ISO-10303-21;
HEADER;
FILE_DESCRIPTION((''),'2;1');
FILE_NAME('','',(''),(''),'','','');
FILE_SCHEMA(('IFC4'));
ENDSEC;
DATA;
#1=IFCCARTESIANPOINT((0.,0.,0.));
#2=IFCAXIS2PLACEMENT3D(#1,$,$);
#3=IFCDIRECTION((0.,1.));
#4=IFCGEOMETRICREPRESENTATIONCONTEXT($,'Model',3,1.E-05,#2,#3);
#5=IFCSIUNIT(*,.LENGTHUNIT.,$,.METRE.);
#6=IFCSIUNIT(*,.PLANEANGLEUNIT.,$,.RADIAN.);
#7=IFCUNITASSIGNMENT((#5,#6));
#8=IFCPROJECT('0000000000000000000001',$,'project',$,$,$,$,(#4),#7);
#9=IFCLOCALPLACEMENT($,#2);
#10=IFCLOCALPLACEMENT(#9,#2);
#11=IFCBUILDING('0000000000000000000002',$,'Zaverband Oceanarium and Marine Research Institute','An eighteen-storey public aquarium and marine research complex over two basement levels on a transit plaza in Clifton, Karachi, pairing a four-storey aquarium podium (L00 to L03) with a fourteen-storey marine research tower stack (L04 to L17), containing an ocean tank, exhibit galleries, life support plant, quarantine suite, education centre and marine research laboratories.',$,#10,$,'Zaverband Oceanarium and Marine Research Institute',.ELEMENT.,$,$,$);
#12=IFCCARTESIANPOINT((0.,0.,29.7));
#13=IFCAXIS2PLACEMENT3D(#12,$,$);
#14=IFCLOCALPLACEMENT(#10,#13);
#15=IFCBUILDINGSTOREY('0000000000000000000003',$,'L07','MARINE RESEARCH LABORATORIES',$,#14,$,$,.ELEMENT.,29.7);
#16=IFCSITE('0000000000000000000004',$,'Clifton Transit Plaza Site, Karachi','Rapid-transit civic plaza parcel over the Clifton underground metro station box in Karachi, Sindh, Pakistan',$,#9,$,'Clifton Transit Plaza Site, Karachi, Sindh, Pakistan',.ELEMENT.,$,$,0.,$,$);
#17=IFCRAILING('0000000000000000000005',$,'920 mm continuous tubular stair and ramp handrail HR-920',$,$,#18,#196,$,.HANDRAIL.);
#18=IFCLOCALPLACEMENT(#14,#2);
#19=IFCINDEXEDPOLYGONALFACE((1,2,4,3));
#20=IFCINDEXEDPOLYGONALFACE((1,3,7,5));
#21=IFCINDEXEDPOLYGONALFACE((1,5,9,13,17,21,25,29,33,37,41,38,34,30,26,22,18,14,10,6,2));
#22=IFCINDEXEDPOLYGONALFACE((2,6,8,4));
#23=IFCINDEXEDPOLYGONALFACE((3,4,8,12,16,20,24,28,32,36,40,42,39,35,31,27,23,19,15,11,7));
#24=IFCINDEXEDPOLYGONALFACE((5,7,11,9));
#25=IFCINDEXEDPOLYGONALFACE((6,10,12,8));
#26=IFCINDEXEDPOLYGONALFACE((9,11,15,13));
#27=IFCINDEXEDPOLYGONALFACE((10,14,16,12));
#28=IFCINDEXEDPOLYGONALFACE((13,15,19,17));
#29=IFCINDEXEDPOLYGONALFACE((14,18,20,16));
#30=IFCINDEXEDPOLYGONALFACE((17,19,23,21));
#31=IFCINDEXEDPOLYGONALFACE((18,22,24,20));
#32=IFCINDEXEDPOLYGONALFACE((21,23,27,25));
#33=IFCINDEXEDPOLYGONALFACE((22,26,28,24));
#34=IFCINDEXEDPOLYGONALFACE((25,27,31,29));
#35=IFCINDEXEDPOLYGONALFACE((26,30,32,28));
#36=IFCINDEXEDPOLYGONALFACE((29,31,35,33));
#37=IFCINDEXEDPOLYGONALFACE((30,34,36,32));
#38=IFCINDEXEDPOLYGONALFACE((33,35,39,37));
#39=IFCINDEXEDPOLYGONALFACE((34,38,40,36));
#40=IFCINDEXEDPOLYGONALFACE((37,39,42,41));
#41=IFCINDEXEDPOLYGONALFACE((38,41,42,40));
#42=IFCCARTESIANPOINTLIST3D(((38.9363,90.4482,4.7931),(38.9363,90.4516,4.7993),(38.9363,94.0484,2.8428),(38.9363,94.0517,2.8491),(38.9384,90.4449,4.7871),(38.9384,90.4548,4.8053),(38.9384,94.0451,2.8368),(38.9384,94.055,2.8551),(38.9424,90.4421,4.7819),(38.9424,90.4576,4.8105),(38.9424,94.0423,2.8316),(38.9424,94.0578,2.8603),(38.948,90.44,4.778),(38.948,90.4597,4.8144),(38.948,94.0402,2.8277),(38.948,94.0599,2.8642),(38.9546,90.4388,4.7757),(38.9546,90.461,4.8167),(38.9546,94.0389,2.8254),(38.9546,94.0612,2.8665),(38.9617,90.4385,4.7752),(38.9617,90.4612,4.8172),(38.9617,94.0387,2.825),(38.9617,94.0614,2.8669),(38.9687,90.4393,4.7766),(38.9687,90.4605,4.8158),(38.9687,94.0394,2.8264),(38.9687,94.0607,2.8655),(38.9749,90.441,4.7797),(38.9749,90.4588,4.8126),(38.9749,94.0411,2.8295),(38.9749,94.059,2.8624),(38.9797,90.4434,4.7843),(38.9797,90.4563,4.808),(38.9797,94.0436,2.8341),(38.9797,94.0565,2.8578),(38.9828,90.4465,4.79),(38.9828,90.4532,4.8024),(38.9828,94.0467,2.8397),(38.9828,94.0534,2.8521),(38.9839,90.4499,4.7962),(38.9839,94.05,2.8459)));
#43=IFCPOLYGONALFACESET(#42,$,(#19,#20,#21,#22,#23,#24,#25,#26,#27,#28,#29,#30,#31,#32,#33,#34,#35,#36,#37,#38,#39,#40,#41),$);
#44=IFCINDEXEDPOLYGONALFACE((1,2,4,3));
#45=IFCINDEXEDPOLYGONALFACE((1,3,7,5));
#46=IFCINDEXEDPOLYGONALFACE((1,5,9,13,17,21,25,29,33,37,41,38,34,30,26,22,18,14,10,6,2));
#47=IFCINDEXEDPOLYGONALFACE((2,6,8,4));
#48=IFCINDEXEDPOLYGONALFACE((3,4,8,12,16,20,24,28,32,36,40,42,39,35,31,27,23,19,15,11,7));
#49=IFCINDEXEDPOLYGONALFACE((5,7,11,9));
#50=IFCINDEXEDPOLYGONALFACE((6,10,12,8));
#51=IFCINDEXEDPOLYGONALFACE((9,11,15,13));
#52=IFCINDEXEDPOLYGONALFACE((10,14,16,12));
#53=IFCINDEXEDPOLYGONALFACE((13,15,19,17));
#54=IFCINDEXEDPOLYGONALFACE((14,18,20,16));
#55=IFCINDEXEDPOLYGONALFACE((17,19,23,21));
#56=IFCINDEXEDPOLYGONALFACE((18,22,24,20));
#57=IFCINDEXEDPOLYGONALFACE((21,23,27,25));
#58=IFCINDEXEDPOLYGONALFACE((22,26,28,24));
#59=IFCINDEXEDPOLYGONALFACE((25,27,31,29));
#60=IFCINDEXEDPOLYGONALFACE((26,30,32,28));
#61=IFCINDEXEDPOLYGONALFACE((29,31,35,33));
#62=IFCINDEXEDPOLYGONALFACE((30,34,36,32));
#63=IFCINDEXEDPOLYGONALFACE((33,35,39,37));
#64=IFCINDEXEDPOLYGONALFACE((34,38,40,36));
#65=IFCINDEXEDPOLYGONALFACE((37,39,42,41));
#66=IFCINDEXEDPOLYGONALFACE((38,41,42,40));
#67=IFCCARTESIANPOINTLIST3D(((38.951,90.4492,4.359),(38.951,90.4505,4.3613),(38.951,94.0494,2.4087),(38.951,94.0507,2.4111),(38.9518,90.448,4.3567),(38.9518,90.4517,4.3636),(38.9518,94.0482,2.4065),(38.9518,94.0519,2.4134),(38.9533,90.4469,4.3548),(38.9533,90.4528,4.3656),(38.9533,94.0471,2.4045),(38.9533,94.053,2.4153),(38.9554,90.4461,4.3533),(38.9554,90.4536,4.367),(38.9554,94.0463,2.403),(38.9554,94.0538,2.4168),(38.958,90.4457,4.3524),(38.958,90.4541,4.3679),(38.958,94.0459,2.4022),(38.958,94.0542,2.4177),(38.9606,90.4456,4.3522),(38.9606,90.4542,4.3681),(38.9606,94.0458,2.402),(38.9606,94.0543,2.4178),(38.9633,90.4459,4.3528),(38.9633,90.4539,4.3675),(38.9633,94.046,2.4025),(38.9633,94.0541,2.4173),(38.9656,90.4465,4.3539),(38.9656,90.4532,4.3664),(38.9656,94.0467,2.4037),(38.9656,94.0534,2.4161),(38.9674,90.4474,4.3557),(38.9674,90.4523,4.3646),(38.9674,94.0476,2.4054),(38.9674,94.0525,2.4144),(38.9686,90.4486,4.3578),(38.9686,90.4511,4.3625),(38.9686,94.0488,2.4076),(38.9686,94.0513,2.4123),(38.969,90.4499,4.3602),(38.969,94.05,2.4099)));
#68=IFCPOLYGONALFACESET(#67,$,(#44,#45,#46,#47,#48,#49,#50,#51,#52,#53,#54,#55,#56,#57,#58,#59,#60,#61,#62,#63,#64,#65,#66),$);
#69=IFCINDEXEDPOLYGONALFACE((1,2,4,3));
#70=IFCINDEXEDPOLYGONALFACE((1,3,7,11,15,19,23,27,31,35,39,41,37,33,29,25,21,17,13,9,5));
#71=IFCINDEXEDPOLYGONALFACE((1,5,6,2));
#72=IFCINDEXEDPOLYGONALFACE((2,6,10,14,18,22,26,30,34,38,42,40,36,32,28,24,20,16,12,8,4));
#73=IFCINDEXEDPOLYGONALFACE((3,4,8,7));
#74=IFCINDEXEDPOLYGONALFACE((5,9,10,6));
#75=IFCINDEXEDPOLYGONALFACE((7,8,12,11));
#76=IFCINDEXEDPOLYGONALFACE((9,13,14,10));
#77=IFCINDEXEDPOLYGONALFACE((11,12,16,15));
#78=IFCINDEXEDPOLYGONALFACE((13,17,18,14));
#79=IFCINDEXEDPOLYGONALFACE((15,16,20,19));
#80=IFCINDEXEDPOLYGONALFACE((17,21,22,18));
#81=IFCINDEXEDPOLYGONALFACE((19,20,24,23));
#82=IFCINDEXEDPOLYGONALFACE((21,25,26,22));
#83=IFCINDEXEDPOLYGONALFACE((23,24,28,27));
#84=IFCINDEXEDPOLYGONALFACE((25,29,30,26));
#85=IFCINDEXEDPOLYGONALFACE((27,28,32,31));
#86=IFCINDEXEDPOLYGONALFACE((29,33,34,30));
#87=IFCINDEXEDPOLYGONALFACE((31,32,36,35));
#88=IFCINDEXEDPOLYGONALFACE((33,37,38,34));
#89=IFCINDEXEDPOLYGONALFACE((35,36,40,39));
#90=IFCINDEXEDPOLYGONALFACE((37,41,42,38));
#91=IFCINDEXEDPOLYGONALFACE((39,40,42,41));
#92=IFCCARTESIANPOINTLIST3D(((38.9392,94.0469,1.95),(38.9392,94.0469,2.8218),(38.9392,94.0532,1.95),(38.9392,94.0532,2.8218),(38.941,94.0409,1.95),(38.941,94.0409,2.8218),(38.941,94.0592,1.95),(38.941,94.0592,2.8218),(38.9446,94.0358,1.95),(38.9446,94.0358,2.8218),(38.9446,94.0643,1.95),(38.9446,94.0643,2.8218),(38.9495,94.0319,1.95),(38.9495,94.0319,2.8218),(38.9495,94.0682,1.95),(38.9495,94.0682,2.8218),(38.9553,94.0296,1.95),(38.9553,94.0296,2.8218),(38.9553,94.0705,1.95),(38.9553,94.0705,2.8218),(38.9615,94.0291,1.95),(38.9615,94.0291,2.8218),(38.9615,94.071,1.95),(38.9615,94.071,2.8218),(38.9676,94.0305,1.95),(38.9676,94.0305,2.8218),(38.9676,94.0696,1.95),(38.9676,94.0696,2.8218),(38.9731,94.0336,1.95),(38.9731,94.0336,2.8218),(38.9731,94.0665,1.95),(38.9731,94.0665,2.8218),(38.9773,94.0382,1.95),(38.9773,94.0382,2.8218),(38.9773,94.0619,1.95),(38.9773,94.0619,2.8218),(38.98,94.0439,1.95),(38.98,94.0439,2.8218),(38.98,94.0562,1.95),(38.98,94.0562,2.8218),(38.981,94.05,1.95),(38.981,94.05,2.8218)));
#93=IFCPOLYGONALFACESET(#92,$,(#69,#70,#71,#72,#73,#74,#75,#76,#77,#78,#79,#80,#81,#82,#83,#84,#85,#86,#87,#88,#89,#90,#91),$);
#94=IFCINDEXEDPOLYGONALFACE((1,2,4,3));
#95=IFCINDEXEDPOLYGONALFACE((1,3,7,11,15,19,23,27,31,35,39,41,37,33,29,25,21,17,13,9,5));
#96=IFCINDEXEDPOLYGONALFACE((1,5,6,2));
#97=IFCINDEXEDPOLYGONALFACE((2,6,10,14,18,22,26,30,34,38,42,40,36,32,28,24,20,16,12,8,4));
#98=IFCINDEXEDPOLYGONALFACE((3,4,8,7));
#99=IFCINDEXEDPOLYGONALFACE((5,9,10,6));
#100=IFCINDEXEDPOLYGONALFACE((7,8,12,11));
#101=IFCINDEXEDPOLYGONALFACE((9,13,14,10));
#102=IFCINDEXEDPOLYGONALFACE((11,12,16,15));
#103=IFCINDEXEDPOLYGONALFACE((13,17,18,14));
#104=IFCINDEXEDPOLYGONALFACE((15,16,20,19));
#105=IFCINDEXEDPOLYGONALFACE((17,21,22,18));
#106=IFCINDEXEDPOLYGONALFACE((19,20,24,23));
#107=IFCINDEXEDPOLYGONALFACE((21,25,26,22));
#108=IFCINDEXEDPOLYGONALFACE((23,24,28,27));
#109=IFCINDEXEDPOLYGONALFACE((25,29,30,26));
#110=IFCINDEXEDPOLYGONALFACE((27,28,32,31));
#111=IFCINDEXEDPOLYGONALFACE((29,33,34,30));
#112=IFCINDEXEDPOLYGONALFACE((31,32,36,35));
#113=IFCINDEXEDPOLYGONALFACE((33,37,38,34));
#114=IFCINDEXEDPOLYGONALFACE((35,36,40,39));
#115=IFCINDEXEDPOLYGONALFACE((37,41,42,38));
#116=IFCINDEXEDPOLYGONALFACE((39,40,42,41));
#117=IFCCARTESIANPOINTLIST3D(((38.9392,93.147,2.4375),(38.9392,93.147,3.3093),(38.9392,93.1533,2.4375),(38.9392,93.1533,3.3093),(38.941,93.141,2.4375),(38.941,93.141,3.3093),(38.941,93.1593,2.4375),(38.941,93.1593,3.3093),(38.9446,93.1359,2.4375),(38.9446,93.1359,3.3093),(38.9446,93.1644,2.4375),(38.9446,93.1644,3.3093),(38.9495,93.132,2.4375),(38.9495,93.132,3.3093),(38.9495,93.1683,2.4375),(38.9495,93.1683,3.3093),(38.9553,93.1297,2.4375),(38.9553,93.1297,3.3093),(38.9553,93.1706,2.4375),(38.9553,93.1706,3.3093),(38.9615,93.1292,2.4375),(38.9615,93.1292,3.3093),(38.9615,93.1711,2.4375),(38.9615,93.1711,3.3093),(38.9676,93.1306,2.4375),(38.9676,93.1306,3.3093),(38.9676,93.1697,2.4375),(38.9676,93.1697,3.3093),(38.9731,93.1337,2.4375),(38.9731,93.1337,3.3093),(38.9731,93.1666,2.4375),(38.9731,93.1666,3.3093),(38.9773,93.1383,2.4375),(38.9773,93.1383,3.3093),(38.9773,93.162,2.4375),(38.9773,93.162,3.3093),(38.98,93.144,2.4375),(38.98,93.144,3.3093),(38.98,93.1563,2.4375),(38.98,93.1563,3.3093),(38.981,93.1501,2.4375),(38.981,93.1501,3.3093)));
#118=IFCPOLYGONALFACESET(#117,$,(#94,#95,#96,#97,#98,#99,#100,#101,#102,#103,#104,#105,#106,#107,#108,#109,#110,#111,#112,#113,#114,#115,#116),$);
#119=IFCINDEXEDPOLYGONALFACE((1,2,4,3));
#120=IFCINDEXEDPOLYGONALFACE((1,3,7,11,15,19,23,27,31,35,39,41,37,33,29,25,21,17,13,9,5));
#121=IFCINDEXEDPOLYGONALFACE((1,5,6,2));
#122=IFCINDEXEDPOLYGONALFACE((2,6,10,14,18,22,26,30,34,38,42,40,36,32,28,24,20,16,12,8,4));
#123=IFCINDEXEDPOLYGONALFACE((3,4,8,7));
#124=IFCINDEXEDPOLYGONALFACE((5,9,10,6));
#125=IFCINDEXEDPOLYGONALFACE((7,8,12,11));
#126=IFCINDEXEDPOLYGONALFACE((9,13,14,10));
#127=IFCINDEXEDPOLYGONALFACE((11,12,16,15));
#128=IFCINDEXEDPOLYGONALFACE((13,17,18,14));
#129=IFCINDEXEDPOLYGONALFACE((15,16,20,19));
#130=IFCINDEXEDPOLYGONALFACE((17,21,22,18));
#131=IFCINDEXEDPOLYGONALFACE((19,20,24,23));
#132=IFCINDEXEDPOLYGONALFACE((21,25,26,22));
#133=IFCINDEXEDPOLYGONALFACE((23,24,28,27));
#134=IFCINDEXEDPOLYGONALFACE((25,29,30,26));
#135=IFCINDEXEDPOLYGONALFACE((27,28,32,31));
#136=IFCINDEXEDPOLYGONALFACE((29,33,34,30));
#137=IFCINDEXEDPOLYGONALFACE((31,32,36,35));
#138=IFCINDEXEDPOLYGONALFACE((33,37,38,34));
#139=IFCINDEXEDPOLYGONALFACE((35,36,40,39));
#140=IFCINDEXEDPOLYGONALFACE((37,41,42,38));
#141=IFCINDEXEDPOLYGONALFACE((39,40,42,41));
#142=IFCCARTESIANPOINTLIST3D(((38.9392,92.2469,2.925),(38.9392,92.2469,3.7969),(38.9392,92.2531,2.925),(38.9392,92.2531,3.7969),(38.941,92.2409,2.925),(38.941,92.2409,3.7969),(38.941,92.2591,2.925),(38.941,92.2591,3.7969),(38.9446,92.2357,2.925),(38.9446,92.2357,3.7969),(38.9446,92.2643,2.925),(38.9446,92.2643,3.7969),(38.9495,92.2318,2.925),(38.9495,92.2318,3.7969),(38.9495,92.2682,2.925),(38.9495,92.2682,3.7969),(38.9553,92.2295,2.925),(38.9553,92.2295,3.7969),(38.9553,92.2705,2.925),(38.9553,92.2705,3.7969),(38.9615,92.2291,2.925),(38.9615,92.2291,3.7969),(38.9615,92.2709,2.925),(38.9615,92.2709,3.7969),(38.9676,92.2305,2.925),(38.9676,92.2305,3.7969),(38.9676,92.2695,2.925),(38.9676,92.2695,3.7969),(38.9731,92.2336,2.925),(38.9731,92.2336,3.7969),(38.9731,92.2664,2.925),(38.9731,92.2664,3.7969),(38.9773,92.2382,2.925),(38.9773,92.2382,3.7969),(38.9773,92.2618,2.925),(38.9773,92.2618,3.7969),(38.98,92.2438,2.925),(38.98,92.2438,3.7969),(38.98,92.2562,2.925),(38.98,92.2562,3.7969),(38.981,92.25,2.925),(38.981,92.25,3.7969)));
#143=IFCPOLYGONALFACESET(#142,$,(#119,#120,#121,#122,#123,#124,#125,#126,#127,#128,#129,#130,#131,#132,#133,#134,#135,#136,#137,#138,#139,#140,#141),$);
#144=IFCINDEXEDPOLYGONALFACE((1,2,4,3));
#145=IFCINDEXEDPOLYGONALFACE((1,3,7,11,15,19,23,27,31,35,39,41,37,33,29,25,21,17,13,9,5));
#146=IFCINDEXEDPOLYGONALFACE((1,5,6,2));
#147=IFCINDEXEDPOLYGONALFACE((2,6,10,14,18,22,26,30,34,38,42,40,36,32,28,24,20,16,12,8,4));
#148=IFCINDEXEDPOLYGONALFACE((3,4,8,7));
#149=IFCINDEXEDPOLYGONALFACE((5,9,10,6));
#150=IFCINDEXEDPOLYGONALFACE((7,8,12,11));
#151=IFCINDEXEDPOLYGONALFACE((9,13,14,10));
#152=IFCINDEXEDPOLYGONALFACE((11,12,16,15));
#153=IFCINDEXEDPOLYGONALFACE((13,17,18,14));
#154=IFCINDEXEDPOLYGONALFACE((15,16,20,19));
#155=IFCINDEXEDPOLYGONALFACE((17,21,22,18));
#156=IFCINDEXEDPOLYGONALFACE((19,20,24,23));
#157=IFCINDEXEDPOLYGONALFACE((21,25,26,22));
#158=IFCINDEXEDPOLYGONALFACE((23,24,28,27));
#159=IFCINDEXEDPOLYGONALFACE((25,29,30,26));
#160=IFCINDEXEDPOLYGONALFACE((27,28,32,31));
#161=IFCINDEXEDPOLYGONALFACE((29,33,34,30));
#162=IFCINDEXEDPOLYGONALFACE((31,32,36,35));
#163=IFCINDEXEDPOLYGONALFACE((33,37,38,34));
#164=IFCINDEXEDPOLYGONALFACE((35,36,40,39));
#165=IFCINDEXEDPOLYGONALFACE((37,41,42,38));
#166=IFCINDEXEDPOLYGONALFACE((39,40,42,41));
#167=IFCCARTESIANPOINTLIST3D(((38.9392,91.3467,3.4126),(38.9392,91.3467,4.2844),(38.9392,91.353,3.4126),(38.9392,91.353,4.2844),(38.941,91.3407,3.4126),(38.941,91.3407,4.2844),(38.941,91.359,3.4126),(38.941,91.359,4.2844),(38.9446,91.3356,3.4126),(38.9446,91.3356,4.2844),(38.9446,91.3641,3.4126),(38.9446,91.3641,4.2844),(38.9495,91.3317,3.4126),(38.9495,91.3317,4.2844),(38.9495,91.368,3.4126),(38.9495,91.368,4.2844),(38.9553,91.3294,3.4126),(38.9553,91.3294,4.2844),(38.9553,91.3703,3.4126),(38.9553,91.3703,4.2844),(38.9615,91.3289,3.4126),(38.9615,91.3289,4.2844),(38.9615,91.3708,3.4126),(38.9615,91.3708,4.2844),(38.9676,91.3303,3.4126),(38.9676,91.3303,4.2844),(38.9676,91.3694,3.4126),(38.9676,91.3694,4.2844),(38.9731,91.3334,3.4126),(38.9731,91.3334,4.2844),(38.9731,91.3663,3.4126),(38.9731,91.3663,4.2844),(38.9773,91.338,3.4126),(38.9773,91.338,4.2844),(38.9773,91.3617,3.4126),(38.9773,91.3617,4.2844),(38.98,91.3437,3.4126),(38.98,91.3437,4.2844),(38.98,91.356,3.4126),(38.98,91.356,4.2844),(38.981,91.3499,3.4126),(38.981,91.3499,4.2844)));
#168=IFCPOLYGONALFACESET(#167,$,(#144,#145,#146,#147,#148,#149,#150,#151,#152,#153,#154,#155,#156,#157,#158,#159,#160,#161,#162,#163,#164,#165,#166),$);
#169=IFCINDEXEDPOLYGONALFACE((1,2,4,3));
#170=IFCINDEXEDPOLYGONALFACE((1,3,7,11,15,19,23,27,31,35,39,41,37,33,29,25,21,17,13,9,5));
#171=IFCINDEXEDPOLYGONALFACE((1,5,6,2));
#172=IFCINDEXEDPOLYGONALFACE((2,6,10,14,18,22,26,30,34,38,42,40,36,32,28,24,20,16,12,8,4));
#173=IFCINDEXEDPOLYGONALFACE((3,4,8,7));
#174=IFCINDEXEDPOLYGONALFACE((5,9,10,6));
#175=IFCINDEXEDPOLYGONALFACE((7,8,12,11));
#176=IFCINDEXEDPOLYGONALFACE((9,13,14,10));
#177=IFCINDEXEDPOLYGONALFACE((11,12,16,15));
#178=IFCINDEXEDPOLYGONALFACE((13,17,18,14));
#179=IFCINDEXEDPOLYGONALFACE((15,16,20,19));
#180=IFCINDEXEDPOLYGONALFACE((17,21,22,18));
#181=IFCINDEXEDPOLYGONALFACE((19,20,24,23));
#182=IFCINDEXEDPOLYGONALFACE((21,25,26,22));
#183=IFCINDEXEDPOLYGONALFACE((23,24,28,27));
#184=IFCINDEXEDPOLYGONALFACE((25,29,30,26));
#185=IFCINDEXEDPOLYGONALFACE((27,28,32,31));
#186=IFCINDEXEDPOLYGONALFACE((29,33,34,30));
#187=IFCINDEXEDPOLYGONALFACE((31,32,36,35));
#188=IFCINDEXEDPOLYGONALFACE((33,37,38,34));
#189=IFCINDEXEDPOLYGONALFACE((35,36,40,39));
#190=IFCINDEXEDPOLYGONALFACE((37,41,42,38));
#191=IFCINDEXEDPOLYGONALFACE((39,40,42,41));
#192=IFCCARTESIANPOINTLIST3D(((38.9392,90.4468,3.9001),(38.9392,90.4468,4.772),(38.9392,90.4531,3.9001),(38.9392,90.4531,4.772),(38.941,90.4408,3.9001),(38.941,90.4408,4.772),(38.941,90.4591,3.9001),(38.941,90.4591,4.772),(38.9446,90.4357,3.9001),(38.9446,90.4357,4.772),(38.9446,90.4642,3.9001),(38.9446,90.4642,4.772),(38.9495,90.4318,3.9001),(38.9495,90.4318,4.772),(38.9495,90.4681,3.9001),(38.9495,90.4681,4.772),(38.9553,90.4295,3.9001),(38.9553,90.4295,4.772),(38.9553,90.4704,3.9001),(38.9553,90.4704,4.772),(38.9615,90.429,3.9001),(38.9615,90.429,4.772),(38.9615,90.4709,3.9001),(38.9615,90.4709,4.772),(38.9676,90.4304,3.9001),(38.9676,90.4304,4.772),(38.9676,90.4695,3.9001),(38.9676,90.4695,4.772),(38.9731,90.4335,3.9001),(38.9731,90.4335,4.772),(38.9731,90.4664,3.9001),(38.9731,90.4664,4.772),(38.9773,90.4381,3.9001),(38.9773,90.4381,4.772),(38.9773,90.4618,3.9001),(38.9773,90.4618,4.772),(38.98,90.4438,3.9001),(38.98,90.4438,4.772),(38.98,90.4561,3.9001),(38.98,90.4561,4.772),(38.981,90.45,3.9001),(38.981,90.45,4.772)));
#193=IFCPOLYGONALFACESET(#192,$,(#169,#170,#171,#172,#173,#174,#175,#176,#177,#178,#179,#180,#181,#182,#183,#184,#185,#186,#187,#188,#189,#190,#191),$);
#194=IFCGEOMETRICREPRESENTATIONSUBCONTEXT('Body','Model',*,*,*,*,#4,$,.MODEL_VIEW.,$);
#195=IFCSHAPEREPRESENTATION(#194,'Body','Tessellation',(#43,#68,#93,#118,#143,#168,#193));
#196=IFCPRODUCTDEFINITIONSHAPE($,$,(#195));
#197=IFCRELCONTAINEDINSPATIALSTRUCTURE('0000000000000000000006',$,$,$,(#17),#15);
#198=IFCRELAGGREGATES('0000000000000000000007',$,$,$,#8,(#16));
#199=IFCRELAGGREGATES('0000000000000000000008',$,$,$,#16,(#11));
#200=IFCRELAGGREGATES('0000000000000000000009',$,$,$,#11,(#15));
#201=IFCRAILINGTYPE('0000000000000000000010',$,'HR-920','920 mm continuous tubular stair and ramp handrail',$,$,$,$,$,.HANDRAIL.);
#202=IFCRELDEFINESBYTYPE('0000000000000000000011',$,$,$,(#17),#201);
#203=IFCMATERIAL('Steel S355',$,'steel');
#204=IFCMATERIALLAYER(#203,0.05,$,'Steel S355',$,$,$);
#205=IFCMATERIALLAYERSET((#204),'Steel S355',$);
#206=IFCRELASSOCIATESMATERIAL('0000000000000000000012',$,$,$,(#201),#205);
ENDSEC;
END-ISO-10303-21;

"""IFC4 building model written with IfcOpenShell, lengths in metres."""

from ifc_helpers import new_model, si_unit, direction, frame, origin, origin_2d, place, context, subcontext, project, spatial, circle, extrude, material, layer, layer_set, type_object, element, save


model = new_model("IFC4")

# Units and contexts
model_context = context("Model", 3, precision=1e-05, world=origin(), true_north=direction((0.0, 1.0)))
body_context = subcontext(model_context, "Body", "Model", "MODEL_VIEW")
ifc_project = project(units=[si_unit("LENGTHUNIT", "METRE"), si_unit("PLANEANGLEUNIT", "RADIAN")], contexts=[model_context])

# Site, building, storey
site_placement = place(None, origin())
site = spatial("IfcSite", under=ifc_project, at=site_placement, Name="Clifton Transit Plaza Site, Karachi", Description="Rapid-transit civic plaza parcel over the Clifton underground metro station box in Karachi, Sindh, Pakistan", LongName="Clifton Transit Plaza Site, Karachi, Sindh, Pakistan", CompositionType="ELEMENT", RefElevation=0.0)
building_placement = place(site_placement, origin())
building = spatial("IfcBuilding", under=site, at=building_placement, Name="Zaverband Oceanarium and Marine Research Institute", Description="An eighteen-storey public aquarium and marine research complex over two basement levels on a transit plaza in Clifton, Karachi, pairing a four-storey aquarium podium (L00 to L03) with a fourteen-storey marine research tower stack (L04 to L17), containing an ocean tank, exhibit galleries, life support plant, quarantine suite, education centre and marine research laboratories.", LongName="Zaverband Oceanarium and Marine Research Institute", CompositionType="ELEMENT")
storey_placement = place(building_placement, frame((0.0, 0.0, 29.7)))
storey = spatial("IfcBuildingStorey", under=building, at=storey_placement, Name="L07", Description="MARINE RESEARCH LABORATORIES", CompositionType="ELEMENT", Elevation=29.7)

# Shared definitions
ifc_material_1 = material(Name="Steel S355", Category="steel")

# Railing
ifc_layer_1 = layer(ifc_material_1, 0.05, Name="Steel S355")
ifc_layer_set_1 = layer_set([ifc_layer_1], Name="Steel S355")
railing_type_1 = type_object("IfcRailingType", Name="HR-920", Description="920 mm continuous tubular stair and ramp handrail", PredefinedType="HANDRAIL", material=ifc_layer_set_1)
railing_1_placement = place(storey_placement, frame((38.96, 94.05, 1.95)))
element("IfcRailing", 1, at=railing_1_placement, inside=storey, type_object=railing_type_1, Name="920 mm continuous tubular stair and ramp handrail HR-920", PredefinedType="HANDRAIL", context=body_context, shape_type="SweptSolid", body=[
    extrude(circle(Radius=0.0239, at=origin_2d()), frame((0.0, 0.0, 0.896), z_axis=(0.0, -0.879277, 0.47631), x_axis=(1.0, 0.0, 0.0)), (0.0, 0.0, 1.0), 4.0945),
    extrude(circle(Radius=0.009, at=origin_2d()), frame((0.0, 0.0, 0.46), z_axis=(0.0, -0.879277, 0.47631), x_axis=(1.0, 0.0, 0.0)), (0.0, 0.0, 1.0), 4.0945),
    extrude(circle(Radius=0.021, at=origin_2d()), origin(), (0.0, 0.0, 1.0), 0.8718),
    extrude(circle(Radius=0.021, at=origin_2d()), frame((0.0, -0.8999, 0.4875)), (0.0, 0.0, 1.0), 0.8718),
    extrude(circle(Radius=0.021, at=origin_2d()), frame((0.0, -1.8, 0.9751)), (0.0, 0.0, 1.0), 0.8718),
    extrude(circle(Radius=0.021, at=origin_2d()), frame((0.0, -2.7002, 1.4626)), (0.0, 0.0, 1.0), 0.8718),
    extrude(circle(Radius=0.021, at=origin_2d()), frame((0.0, -3.6001, 1.9502)), (0.0, 0.0, 1.0), 0.8718),
])

save(model, "model.ifc")
